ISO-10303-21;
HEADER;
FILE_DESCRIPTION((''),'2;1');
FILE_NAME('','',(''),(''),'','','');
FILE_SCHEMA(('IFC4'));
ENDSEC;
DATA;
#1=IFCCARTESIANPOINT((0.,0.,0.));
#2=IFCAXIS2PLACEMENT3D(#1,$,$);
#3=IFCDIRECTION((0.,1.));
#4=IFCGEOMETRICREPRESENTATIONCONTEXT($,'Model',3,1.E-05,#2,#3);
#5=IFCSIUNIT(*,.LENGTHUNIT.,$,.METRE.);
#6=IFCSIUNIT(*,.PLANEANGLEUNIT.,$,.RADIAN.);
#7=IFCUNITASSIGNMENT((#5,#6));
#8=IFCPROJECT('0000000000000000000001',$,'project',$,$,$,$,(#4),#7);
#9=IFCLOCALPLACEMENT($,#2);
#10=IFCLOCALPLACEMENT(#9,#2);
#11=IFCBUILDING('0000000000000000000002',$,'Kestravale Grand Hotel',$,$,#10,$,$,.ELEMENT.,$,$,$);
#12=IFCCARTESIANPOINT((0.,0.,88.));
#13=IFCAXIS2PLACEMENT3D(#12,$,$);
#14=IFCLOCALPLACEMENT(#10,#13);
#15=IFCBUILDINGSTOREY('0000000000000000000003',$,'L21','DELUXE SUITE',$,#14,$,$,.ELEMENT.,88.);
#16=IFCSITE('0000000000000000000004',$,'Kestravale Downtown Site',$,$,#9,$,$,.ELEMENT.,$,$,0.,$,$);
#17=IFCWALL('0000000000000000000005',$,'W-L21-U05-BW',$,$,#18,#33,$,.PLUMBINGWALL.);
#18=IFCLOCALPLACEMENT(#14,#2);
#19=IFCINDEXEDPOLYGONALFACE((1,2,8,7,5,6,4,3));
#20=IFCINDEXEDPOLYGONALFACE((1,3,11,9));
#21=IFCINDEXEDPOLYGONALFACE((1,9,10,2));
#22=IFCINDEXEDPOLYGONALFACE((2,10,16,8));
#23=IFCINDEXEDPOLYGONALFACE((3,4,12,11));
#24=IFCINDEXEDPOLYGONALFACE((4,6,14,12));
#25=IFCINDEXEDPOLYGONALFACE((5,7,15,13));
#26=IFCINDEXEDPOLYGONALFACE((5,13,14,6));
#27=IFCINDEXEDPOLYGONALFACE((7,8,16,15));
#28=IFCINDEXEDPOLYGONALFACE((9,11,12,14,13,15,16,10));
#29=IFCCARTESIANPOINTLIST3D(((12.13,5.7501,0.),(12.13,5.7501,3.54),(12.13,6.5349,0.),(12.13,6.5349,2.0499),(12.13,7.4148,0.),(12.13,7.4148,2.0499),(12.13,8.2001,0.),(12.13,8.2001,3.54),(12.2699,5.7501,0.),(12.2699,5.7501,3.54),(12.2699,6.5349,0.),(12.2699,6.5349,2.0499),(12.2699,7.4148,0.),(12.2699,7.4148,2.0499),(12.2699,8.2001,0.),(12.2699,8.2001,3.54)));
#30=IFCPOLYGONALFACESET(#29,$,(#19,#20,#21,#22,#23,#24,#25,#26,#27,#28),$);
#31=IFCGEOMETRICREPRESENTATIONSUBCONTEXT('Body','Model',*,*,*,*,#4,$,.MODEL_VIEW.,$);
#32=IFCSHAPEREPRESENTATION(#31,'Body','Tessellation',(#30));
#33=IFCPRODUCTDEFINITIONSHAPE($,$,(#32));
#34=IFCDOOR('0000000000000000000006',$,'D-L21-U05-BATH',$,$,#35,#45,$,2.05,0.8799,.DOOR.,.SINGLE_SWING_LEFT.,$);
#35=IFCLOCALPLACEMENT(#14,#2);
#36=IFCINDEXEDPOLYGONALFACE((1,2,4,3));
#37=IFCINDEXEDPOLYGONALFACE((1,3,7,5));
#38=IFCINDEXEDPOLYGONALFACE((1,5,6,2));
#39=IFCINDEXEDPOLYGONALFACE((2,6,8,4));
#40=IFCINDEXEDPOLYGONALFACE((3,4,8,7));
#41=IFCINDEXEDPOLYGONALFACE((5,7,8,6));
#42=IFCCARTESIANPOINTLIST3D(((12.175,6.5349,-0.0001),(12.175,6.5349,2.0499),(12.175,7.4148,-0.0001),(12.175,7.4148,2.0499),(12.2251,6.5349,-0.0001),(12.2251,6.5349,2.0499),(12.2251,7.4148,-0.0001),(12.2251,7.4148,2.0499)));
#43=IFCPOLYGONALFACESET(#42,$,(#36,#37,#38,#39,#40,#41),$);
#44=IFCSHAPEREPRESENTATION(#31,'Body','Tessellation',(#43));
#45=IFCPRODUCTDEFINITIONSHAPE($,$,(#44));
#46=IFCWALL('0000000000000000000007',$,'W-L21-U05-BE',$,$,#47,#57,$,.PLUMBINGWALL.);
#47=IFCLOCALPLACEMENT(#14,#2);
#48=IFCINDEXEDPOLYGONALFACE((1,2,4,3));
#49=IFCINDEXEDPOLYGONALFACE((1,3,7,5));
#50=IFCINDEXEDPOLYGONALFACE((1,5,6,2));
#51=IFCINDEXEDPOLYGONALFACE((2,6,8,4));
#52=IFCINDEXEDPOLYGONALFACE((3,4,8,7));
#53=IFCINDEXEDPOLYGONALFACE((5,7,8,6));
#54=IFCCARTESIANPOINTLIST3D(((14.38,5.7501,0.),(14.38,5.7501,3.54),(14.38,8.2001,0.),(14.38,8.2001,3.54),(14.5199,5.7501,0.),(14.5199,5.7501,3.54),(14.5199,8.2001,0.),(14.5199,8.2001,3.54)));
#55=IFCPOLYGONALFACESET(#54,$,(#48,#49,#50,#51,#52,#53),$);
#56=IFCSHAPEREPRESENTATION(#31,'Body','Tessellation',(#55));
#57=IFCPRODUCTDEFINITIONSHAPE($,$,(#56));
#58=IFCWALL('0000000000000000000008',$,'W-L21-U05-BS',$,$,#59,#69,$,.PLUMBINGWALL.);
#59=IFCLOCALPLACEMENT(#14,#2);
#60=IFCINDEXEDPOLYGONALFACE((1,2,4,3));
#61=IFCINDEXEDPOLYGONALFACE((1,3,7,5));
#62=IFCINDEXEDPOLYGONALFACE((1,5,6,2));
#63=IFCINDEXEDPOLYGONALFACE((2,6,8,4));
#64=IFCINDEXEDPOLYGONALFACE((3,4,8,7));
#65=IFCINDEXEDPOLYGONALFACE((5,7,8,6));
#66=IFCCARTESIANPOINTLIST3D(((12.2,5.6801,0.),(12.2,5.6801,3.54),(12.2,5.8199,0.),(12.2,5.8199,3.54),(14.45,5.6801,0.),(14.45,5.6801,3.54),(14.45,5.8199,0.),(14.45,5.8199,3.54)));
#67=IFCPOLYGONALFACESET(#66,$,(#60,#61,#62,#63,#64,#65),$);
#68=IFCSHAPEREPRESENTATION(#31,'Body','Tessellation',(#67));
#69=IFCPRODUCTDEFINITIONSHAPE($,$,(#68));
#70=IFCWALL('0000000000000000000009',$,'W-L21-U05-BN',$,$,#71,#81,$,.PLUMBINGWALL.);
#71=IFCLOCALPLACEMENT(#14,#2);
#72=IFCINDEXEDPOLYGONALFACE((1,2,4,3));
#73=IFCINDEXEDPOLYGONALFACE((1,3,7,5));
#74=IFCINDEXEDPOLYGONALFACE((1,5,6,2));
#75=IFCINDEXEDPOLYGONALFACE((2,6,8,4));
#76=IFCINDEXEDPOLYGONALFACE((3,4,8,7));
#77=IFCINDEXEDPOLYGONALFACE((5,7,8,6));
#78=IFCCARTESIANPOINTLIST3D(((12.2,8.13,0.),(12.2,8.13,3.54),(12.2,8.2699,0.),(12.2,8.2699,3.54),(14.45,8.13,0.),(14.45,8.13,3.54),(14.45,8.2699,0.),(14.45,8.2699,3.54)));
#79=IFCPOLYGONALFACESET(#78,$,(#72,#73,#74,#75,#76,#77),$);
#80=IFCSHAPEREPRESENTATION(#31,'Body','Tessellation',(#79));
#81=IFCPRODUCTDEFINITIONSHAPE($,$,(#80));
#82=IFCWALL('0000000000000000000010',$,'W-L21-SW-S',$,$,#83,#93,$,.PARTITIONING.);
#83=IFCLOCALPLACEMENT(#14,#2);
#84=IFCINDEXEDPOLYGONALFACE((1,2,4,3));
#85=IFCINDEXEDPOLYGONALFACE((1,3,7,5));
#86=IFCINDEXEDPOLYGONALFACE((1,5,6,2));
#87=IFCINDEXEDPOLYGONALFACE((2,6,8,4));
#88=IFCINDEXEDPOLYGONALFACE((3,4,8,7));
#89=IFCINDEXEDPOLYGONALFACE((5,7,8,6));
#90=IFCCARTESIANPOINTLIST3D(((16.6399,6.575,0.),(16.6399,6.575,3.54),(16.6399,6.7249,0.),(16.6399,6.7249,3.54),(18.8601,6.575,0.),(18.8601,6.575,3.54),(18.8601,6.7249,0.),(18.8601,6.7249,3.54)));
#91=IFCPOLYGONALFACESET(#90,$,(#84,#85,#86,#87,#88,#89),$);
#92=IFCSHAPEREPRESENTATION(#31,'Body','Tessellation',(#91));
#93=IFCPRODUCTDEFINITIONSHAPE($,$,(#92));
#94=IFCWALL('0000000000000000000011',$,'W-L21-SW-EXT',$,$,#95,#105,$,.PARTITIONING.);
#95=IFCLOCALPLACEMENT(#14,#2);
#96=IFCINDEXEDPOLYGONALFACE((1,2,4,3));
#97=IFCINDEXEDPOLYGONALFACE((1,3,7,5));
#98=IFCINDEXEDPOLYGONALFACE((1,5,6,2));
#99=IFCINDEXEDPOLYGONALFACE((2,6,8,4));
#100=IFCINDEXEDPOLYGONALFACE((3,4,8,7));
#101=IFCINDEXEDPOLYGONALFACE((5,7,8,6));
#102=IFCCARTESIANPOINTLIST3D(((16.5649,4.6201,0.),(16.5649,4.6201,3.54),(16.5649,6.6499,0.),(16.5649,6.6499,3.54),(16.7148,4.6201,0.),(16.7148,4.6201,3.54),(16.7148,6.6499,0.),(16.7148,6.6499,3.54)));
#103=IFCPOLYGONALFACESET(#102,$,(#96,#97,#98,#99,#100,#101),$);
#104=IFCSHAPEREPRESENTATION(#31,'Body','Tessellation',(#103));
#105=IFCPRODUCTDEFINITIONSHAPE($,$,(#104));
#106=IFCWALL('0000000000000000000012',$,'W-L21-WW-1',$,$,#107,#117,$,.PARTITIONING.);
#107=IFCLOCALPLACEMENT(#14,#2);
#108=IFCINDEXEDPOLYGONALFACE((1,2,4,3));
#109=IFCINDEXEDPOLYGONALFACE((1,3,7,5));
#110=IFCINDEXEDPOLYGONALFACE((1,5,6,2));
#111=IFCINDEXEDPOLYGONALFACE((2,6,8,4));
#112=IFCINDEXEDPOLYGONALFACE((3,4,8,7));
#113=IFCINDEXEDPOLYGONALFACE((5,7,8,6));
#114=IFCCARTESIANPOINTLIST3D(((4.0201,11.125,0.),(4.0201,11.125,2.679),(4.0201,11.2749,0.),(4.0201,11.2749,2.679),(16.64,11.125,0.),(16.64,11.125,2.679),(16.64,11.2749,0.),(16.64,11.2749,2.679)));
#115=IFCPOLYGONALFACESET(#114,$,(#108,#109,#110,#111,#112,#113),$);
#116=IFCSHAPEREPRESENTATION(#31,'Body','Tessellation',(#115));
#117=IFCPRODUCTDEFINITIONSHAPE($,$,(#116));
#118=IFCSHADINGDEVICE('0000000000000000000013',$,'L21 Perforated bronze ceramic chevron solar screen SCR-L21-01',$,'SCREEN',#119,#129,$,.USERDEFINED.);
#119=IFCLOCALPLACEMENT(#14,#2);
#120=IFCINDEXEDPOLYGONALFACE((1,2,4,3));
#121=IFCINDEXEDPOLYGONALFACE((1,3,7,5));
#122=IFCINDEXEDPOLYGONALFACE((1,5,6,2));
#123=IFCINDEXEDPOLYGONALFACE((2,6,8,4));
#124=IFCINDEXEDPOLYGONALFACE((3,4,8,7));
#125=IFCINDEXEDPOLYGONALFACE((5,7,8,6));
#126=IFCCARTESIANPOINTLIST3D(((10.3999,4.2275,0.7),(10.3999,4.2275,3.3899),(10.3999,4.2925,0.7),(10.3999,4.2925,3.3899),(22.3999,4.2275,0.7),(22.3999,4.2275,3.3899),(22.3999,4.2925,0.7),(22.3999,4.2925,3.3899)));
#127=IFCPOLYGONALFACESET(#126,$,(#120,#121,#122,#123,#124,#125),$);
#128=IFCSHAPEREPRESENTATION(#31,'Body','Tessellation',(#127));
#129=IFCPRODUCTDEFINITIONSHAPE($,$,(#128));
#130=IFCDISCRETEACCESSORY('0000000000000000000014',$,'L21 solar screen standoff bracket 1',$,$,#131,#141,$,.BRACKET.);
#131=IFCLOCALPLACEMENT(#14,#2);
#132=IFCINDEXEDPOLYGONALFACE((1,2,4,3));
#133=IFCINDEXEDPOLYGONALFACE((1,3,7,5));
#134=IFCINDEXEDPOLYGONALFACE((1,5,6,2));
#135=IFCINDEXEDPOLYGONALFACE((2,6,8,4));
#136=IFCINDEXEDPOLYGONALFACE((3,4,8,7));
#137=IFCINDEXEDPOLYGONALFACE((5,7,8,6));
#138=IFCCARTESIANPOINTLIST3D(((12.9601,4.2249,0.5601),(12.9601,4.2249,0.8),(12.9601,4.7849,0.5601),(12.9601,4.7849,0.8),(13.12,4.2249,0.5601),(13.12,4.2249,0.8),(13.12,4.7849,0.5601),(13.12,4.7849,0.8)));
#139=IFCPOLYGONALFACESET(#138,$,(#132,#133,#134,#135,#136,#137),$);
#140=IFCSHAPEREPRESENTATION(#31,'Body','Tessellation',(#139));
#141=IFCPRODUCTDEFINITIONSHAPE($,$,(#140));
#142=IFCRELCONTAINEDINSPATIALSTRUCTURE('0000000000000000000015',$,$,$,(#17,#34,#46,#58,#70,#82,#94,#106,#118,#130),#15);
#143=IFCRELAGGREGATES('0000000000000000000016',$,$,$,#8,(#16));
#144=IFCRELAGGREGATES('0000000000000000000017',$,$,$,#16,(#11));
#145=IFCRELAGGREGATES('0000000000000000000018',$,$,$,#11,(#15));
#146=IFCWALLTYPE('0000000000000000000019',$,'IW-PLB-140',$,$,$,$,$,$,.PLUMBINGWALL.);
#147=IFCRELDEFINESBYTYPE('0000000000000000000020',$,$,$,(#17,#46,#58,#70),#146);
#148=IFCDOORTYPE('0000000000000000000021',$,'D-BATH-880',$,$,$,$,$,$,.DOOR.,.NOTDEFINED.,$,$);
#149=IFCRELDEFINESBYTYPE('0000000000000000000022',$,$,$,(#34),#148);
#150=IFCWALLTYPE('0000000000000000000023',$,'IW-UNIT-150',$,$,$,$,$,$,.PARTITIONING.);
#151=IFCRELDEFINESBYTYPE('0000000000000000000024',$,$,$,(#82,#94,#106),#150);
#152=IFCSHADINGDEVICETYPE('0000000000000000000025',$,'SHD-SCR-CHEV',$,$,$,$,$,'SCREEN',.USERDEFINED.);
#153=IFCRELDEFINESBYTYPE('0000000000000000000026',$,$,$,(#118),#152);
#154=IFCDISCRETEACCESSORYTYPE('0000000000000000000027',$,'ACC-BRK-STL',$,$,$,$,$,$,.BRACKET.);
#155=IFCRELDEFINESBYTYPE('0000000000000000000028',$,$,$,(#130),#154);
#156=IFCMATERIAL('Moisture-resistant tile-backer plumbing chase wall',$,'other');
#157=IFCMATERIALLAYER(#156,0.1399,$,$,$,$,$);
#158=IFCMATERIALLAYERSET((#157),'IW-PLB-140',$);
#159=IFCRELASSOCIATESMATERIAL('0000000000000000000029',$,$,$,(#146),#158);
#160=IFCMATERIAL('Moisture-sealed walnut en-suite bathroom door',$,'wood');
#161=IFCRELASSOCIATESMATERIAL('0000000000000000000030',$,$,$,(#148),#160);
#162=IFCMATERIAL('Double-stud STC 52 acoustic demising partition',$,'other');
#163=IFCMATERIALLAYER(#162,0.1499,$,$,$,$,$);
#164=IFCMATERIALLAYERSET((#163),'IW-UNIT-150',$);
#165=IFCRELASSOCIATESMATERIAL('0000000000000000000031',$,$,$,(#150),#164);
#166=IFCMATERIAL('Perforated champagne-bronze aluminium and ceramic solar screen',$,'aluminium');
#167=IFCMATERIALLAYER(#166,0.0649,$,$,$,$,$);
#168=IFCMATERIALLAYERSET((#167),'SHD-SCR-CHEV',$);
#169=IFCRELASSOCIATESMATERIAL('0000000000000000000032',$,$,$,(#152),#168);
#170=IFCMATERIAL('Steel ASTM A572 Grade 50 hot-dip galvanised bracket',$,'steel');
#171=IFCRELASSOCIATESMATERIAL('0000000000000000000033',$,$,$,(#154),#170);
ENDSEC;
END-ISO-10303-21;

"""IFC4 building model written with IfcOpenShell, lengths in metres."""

from ifc_helpers import new_model, si_unit, direction, frame, frame_2d, origin, origin_2d, place, context, subcontext, project, spatial, rectangle, extrude, material, layer, layer_set, type_object, element, fill, save


model = new_model("IFC4")

# Units and contexts
model_context = context("Model", 3, precision=1e-05, world=origin(), true_north=direction((0.0, 1.0)))
body_context = subcontext(model_context, "Body", "Model", "MODEL_VIEW")
ifc_project = project(units=[si_unit("LENGTHUNIT", "METRE"), si_unit("PLANEANGLEUNIT", "RADIAN")], contexts=[model_context])

# Site, building, storey
site_placement = place(None, origin())
site = spatial("IfcSite", under=ifc_project, at=site_placement, Name="Kestravale Downtown Site", CompositionType="ELEMENT", RefElevation=0.0)
building_placement = place(site_placement, origin())
building = spatial("IfcBuilding", under=site, at=building_placement, Name="Kestravale Grand Hotel", CompositionType="ELEMENT")
storey_placement = place(building_placement, frame((0.0, 0.0, 88.0)))
storey = spatial("IfcBuildingStorey", under=building, at=storey_placement, Name="L21", Description="DELUXE SUITE", CompositionType="ELEMENT", Elevation=88.0)

# Wall, opening, door
ifc_material_1 = material(Name="Moisture-resistant tile-backer plumbing chase wall", Category="other")
ifc_layer_1 = layer(ifc_material_1, 0.1399)
ifc_layer_set_1 = layer_set([ifc_layer_1], Name="IW-PLB-140")
wall_type_1 = type_object("IfcWallType", Name="IW-PLB-140", PredefinedType="PLUMBINGWALL", material=ifc_layer_set_1)
wall_1_placement = place(storey_placement, frame((12.2, 5.75, 0.0), z_axis=(0.0, 0.0, 1.0), x_axis=(0.0, 1.0, 0.0)))
wall_1 = element("IfcWall", 1, at=wall_1_placement, inside=storey, type_object=wall_type_1, Name="W-L21-U05-BW", PredefinedType="PLUMBINGWALL", context=body_context, shape_type="SweptSolid", body=[
    extrude(rectangle(XDim=2.45, YDim=0.1399, at=frame_2d((1.2251, 0.0))), origin(), (0.0, 0.0, 1.0), 3.54),
])
opening_1_placement = place(wall_1_placement, frame((0.7849, 0.0, 0.0)))
opening_1 = element("IfcOpeningElement", 2, at=opening_1_placement, cuts=wall_1, PredefinedType="OPENING", context=body_context, shape_type="SweptSolid", body=[
    extrude(rectangle(XDim=0.8799, YDim=2.05, at=frame_2d((0.4399, 1.0249))), frame((0.0, 0.0798, 0.0), z_axis=(0.0, -1.0, 0.0), x_axis=(1.0, 0.0, 0.0)), (0.0, 0.0, 1.0), 0.1599),
])
ifc_material_2 = material(Name="Moisture-sealed walnut en-suite bathroom door", Category="wood")
door_type_1 = type_object("IfcDoorType", Name="D-BATH-880", OperationType="NOTDEFINED", PredefinedType="DOOR", material=ifc_material_2)
door_1_placement = place(opening_1_placement, origin())
door_1 = element("IfcDoor", 3, at=door_1_placement, inside=storey, type_object=door_type_1, Name="D-L21-U05-BATH", OperationType="SINGLE_SWING_LEFT", OverallHeight=2.05, OverallWidth=0.8799, PredefinedType="DOOR", context=body_context, shape_type="SweptSolid", body=[
    extrude(rectangle(XDim=0.8799, YDim=2.05, at=frame_2d((0.4399, 1.0249))), frame((0.0, 0.0249, 0.0), z_axis=(0.0, -1.0, 0.0), x_axis=(1.0, 0.0, 0.0)), (0.0, 0.0, 1.0), 0.05),
])
fill(opening_1, door_1)

# Walls
wall_2_placement = place(storey_placement, frame((14.45, 5.75, 0.0), z_axis=(0.0, 0.0, 1.0), x_axis=(0.0, 1.0, 0.0)))
element("IfcWall", 4, at=wall_2_placement, inside=storey, type_object=wall_type_1, Name="W-L21-U05-BE", PredefinedType="PLUMBINGWALL", context=body_context, shape_type="SweptSolid", body=[
    extrude(rectangle(XDim=2.45, YDim=0.1399, at=frame_2d((1.2251, 0.0))), origin(), (0.0, 0.0, 1.0), 3.54),
])
for number, where, z_axis, x_axis, name in (
    (5, (12.2, 5.75, 0.0), (0.0, 0.0, 1.0), (1.0, 0.0, 0.0), "W-L21-U05-BS"),
    (6, (12.2, 8.2, 0.0), (0.0, 0.0, 1.0), (1.0, 0.0, 0.0), "W-L21-U05-BN"),
):
    element("IfcWall", number, at=place(storey_placement, frame(where, z_axis=z_axis, x_axis=x_axis)), inside=storey, type_object=wall_type_1, Name=name, PredefinedType="PLUMBINGWALL", context=body_context, shape_type="SweptSolid", body=[
        extrude(rectangle(XDim=2.25, YDim=0.1399, at=frame_2d((1.125, 0.0))), origin(), (0.0, 0.0, 1.0), 3.54),
    ])
ifc_material_3 = material(Name="Double-stud STC 52 acoustic demising partition", Category="other")
ifc_layer_2 = layer(ifc_material_3, 0.1499)
ifc_layer_set_2 = layer_set([ifc_layer_2], Name="IW-UNIT-150")
wall_type_2 = type_object("IfcWallType", Name="IW-UNIT-150", PredefinedType="PARTITIONING", material=ifc_layer_set_2)
wall_3_placement = place(storey_placement, frame((16.6399, 6.6499, 0.0), z_axis=(0.0, 0.0, 1.0), x_axis=(1.0, 0.0, 0.0)))
element("IfcWall", 7, at=wall_3_placement, inside=storey, type_object=wall_type_2, Name="W-L21-SW-S", PredefinedType="PARTITIONING", context=body_context, shape_type="SweptSolid", body=[
    extrude(rectangle(XDim=2.2202, YDim=0.1499, at=frame_2d((1.1101, 0.0))), origin(), (0.0, 0.0, 1.0), 3.54),
])
wall_4_placement = place(storey_placement, frame((16.6399, 4.6201, 0.0), z_axis=(0.0, 0.0, 1.0), x_axis=(0.0, 1.0, 0.0)))
element("IfcWall", 8, at=wall_4_placement, inside=storey, type_object=wall_type_2, Name="W-L21-SW-EXT", PredefinedType="PARTITIONING", context=body_context, shape_type="SweptSolid", body=[
    extrude(rectangle(XDim=2.0298, YDim=0.1499, at=frame_2d((1.0149, 0.0))), origin(), (0.0, 0.0, 1.0), 3.54),
])
wall_5_placement = place(storey_placement, frame((4.02, 11.2, 0.0), z_axis=(0.0, 0.0, 1.0), x_axis=(1.0, 0.0, 0.0)))
element("IfcWall", 9, at=wall_5_placement, inside=storey, type_object=wall_type_2, Name="W-L21-WW-1", PredefinedType="PARTITIONING", context=body_context, shape_type="SweptSolid", body=[
    extrude(rectangle(XDim=12.6199, YDim=0.1499, at=frame_2d((6.3101, 0.0))), origin(), (0.0, 0.0, 1.0), 2.679),
])

# Shading device
ifc_material_4 = material(Name="Perforated champagne-bronze aluminium and ceramic solar screen", Category="aluminium")
ifc_layer_3 = layer(ifc_material_4, 0.0649)
ifc_layer_set_3 = layer_set([ifc_layer_3], Name="SHD-SCR-CHEV")
shading_device_type = type_object("IfcShadingDeviceType", Name="SHD-SCR-CHEV", ElementType="SCREEN", PredefinedType="USERDEFINED", material=ifc_layer_set_3)
shading_device_placement = place(storey_placement, frame((16.3999, 4.26, 0.7), z_axis=(0.0, 0.0, 1.0), x_axis=(1.0, 0.0, 0.0)))
element("IfcShadingDevice", 10, at=shading_device_placement, inside=storey, type_object=shading_device_type, Name="L21 Perforated bronze ceramic chevron solar screen SCR-L21-01", ObjectType="SCREEN", PredefinedType="USERDEFINED", context=body_context, shape_type="SweptSolid", body=[
    extrude(rectangle(XDim=12.0, YDim=0.0649, at=origin_2d()), origin(), (0.0, 0.0, 1.0), 2.6899),
])

# Discrete accessory
ifc_material_5 = material(Name="Steel ASTM A572 Grade 50 hot-dip galvanised bracket", Category="steel")
discrete_accessory_type = type_object("IfcDiscreteAccessoryType", Name="ACC-BRK-STL", PredefinedType="BRACKET", material=ifc_material_5)
discrete_accessory_placement = place(storey_placement, frame((13.04, 4.5049, 0.5601), z_axis=(0.0, 0.0, 1.0), x_axis=(1.0, 0.0, 0.0)))
element("IfcDiscreteAccessory", 11, at=discrete_accessory_placement, inside=storey, type_object=discrete_accessory_type, Name="L21 solar screen standoff bracket 1", PredefinedType="BRACKET", context=body_context, shape_type="SweptSolid", body=[
    extrude(rectangle(XDim=0.1599, YDim=0.5601, at=origin_2d()), origin(), (0.0, 0.0, 1.0), 0.24),
])

save(model, "model.ifc")
